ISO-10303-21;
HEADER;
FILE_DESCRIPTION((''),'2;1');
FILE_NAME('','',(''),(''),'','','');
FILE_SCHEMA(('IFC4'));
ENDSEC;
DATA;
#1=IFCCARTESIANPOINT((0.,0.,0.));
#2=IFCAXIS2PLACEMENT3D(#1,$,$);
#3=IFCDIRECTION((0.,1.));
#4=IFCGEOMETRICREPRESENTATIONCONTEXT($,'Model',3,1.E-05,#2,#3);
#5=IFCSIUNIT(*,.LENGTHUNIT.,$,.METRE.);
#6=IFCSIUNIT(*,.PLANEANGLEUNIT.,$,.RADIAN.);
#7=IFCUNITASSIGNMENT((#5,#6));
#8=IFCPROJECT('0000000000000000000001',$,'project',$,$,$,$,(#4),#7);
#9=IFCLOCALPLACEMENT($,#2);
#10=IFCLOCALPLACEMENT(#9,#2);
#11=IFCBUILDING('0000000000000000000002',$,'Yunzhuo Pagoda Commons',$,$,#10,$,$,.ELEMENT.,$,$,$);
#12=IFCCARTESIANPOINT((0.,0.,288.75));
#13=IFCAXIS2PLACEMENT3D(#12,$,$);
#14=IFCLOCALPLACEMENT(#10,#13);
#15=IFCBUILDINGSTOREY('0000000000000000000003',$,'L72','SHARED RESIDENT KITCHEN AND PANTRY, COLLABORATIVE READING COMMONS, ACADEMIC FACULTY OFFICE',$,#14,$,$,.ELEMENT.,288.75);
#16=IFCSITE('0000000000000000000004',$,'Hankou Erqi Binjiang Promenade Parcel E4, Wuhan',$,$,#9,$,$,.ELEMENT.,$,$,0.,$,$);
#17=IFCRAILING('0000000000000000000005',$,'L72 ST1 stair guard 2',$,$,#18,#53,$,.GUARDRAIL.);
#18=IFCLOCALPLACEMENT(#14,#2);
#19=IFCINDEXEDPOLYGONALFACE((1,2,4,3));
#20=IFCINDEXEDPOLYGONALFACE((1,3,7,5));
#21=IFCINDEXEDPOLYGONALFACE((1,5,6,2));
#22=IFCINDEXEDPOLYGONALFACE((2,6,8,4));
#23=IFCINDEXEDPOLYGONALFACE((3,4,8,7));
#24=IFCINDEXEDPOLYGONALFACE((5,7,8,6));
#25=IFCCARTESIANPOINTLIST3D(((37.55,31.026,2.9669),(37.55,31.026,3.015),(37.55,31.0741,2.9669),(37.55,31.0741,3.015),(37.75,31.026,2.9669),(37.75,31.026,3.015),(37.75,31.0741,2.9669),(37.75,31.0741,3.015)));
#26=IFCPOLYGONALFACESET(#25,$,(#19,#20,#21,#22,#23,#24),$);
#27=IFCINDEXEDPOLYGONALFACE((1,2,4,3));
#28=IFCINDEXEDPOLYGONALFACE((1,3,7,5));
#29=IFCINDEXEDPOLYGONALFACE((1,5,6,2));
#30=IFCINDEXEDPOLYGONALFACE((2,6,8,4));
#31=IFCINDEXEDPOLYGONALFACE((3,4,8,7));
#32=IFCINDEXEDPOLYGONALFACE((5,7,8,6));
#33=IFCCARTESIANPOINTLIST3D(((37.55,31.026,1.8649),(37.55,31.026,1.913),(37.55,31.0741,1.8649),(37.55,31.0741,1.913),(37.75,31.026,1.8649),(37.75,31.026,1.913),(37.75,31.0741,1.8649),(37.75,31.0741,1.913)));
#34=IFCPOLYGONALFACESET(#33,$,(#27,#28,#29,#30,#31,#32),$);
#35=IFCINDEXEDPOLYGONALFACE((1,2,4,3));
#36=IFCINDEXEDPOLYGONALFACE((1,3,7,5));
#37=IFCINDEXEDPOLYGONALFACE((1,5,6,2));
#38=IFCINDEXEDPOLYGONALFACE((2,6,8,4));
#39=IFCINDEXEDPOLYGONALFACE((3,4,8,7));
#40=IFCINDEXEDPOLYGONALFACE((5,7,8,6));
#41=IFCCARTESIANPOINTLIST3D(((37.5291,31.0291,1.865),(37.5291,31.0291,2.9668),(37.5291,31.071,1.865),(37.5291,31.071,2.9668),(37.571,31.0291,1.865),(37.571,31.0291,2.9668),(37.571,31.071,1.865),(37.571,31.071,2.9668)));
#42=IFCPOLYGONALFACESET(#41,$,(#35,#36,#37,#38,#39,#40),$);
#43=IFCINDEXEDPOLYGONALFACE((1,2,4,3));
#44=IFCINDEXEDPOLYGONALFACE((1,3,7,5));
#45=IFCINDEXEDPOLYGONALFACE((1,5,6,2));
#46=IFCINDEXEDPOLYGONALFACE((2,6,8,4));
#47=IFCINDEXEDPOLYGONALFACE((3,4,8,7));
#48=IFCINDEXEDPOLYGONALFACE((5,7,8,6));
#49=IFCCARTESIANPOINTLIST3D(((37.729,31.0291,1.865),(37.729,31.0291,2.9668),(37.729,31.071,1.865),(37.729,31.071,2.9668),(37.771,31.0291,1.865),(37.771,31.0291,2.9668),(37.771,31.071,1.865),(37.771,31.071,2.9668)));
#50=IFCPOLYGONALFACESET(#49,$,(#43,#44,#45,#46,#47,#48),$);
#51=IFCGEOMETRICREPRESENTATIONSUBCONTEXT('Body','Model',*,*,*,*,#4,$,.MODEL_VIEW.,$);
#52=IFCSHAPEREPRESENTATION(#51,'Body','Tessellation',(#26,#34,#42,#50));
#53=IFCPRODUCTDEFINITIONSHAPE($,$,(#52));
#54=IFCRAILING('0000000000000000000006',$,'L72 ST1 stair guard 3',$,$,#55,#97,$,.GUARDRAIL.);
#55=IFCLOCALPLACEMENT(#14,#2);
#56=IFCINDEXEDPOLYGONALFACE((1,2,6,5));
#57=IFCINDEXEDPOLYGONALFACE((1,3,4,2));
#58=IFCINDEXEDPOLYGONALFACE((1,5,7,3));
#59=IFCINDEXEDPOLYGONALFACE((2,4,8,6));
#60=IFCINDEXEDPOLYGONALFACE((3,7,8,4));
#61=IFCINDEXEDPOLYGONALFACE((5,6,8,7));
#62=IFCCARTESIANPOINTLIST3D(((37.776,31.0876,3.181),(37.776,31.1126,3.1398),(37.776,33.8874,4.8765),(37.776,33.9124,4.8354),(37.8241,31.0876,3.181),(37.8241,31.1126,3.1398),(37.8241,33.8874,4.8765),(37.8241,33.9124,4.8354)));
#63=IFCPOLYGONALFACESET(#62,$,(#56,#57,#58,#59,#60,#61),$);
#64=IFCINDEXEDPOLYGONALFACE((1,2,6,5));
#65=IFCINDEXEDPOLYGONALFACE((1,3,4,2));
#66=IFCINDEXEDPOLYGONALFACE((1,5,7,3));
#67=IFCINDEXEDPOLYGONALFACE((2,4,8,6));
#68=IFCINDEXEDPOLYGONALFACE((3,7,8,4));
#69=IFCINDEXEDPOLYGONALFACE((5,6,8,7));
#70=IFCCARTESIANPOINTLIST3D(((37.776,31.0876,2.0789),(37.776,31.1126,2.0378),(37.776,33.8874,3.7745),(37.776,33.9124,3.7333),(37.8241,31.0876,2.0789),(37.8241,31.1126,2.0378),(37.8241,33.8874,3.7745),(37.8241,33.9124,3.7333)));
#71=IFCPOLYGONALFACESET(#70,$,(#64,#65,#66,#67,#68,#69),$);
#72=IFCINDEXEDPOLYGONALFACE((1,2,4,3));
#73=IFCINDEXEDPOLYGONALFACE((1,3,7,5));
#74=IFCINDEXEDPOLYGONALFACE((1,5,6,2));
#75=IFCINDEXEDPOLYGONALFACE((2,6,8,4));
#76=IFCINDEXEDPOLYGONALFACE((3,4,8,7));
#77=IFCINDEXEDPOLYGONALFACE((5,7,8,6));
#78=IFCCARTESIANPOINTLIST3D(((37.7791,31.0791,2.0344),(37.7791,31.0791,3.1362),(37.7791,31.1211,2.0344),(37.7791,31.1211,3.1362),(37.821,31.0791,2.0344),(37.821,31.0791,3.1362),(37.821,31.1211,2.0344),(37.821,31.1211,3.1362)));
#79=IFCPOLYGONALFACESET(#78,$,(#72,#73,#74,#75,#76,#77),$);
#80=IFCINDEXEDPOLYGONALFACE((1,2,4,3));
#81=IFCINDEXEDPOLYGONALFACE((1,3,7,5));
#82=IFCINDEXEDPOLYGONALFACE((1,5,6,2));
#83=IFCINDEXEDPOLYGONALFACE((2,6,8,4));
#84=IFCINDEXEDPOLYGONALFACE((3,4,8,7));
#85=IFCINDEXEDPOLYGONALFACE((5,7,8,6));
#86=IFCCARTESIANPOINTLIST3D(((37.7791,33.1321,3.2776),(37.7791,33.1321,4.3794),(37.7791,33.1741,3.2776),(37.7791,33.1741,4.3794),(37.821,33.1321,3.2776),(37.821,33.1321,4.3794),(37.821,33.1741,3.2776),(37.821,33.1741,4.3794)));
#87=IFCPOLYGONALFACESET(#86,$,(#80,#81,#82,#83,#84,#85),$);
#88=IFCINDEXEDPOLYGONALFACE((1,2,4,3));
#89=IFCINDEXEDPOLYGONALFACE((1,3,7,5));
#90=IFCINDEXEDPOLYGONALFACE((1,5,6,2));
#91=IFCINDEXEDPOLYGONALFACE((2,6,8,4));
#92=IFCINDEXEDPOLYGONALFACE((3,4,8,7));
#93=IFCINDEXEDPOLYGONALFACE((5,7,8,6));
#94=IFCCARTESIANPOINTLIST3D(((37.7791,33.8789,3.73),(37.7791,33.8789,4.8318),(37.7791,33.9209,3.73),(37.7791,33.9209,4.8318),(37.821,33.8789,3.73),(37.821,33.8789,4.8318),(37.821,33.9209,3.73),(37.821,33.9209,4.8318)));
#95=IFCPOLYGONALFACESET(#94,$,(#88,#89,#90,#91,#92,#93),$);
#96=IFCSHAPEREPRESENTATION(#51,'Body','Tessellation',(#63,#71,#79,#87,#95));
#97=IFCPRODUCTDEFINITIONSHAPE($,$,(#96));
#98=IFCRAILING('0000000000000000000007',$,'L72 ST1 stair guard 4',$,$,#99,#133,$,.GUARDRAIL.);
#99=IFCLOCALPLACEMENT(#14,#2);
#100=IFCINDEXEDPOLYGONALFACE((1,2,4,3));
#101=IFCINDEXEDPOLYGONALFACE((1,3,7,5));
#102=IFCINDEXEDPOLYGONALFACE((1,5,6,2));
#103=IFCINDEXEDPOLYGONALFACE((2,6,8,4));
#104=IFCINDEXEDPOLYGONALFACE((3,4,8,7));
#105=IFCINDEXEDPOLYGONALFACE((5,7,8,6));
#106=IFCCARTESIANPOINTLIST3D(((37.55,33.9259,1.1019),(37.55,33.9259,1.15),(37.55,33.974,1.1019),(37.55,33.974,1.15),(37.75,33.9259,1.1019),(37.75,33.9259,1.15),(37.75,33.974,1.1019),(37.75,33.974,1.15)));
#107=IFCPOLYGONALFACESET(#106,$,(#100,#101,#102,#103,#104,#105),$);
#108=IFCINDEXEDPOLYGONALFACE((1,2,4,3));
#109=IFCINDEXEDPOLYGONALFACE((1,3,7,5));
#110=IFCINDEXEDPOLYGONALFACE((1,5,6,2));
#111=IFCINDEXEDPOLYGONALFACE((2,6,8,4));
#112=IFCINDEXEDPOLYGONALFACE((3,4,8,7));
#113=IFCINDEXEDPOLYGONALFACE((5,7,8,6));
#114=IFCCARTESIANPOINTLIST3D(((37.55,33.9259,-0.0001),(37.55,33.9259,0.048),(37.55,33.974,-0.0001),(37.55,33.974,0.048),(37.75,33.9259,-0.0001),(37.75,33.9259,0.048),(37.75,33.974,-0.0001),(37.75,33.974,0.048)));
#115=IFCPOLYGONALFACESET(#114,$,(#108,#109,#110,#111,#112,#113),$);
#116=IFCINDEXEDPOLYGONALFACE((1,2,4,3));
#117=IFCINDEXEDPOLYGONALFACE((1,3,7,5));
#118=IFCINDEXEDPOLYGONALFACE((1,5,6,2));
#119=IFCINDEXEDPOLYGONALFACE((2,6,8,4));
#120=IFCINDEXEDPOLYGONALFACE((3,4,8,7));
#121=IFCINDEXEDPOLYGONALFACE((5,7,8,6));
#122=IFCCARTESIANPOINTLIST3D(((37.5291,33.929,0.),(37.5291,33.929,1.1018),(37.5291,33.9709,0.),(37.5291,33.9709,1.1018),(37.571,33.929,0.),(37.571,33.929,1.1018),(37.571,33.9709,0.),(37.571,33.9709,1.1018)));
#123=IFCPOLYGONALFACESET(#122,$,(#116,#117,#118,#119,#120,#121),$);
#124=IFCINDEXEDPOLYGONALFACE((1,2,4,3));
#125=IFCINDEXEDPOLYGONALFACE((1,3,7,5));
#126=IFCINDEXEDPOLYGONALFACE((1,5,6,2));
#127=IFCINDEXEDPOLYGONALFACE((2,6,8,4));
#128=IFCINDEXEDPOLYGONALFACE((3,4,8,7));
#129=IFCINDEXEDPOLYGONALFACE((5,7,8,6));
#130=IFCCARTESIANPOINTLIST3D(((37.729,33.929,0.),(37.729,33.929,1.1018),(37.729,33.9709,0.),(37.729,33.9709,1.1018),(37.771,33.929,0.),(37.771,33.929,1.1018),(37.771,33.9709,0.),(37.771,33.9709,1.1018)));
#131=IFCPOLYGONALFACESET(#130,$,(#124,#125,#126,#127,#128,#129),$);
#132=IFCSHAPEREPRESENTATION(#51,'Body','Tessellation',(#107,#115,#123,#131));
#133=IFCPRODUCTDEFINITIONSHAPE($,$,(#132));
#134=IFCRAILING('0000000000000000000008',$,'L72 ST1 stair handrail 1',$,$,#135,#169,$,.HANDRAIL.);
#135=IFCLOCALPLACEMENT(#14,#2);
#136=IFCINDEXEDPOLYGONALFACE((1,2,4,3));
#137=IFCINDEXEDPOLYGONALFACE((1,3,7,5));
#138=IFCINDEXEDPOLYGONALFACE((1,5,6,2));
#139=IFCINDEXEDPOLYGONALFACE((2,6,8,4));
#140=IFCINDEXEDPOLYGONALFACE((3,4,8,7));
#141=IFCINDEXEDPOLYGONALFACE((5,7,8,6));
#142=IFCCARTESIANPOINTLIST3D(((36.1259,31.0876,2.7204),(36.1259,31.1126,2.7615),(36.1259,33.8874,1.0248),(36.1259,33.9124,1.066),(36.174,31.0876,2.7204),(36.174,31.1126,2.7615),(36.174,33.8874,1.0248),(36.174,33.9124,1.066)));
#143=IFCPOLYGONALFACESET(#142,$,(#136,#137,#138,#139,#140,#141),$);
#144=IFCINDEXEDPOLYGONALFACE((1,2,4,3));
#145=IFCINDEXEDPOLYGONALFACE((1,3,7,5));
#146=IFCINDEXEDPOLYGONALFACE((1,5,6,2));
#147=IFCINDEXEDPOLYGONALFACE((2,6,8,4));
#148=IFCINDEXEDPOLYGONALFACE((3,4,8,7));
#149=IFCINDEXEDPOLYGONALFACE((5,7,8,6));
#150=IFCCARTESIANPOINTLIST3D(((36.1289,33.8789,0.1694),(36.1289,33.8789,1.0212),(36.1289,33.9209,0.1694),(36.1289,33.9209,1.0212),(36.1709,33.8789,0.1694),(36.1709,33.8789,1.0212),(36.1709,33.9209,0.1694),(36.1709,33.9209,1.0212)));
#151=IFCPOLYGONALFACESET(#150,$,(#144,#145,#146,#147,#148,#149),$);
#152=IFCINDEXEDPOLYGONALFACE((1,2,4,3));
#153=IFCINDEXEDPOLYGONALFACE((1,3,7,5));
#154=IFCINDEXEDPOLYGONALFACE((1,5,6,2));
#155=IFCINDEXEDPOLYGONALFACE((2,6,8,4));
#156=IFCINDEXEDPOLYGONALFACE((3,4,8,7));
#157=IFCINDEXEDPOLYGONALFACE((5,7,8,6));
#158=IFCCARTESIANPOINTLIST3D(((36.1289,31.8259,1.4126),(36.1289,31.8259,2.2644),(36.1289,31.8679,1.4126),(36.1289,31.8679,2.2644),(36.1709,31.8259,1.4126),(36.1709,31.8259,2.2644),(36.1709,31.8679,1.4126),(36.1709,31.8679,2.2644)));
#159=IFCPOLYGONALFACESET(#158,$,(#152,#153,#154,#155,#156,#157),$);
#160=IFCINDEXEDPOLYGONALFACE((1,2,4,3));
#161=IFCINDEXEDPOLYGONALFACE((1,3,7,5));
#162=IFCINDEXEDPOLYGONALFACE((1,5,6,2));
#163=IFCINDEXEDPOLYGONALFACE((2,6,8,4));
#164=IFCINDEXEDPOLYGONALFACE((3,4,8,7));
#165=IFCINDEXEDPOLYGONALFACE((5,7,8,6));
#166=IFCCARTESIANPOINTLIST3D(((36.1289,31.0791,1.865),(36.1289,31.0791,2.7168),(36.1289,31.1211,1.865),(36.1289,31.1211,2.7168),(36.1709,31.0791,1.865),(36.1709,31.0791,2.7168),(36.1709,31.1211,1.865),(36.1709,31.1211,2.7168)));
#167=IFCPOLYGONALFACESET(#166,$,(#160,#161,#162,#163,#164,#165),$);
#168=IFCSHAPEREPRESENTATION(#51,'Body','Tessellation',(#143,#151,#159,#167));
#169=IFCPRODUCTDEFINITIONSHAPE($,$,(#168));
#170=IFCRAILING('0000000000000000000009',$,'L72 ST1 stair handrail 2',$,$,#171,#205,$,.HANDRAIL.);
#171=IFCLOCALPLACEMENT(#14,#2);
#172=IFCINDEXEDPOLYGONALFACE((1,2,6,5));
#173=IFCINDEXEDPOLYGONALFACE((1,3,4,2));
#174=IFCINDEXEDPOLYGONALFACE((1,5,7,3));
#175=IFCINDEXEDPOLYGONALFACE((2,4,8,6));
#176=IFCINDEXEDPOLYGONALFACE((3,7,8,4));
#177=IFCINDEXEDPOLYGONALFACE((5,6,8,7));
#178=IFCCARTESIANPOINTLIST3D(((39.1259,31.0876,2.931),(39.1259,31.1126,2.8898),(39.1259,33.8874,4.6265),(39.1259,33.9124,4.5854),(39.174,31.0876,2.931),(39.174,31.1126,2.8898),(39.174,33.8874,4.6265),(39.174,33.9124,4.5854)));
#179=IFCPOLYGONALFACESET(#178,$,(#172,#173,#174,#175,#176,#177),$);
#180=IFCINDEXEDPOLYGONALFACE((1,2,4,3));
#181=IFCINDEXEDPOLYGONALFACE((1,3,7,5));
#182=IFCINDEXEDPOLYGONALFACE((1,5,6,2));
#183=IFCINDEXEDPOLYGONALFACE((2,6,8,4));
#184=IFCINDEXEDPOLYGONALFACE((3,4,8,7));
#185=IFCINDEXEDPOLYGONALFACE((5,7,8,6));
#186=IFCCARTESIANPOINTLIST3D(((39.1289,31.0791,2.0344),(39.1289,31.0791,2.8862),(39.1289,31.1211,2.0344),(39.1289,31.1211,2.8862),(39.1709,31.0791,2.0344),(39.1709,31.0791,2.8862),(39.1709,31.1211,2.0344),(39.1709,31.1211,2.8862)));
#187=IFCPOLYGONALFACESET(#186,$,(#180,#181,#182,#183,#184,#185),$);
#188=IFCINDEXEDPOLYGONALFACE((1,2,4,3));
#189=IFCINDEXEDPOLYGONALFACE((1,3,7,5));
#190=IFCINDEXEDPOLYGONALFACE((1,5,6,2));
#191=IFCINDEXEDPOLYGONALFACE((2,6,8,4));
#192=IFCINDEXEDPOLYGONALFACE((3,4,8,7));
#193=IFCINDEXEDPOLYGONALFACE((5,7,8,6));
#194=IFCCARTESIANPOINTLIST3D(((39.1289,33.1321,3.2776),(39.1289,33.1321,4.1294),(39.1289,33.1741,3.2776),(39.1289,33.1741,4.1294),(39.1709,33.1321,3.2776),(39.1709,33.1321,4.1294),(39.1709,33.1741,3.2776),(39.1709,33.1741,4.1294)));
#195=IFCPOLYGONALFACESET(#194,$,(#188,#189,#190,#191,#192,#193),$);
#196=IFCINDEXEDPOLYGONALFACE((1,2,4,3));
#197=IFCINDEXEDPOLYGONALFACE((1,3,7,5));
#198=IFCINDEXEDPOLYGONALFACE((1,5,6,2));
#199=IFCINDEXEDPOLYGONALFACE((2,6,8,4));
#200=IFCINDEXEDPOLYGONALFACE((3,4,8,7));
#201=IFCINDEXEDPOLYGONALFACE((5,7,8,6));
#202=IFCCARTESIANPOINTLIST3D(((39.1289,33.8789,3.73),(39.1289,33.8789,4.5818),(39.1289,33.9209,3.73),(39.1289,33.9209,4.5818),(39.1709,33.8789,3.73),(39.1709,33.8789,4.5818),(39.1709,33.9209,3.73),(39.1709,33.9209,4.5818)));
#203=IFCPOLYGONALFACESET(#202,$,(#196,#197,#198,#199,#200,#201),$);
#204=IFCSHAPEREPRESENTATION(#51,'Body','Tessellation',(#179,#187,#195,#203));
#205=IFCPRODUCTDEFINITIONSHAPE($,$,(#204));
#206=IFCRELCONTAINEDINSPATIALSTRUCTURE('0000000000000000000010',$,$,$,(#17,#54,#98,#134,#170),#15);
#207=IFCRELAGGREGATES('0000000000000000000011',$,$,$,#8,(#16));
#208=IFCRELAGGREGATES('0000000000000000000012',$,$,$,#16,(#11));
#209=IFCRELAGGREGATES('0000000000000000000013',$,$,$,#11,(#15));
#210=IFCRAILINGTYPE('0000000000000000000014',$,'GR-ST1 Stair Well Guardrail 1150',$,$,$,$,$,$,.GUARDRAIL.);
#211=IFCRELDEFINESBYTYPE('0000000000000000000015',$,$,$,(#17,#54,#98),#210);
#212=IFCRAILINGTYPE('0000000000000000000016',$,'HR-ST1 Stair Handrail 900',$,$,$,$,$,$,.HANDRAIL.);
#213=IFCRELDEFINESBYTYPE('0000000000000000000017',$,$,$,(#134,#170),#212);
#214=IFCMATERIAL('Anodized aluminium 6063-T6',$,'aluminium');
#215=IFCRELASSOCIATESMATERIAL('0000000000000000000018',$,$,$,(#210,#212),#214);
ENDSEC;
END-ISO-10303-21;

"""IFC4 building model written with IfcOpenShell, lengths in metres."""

from ifc_helpers import new_model, si_unit, direction, frame, origin, origin_2d, place, context, subcontext, project, spatial, rectangle, extrude, material, type_object, element, save


model = new_model("IFC4")

# Units and contexts
model_context = context("Model", 3, precision=1e-05, world=origin(), true_north=direction((0.0, 1.0)))
body_context = subcontext(model_context, "Body", "Model", "MODEL_VIEW")
ifc_project = project(units=[si_unit("LENGTHUNIT", "METRE"), si_unit("PLANEANGLEUNIT", "RADIAN")], contexts=[model_context])

# Site, building, storey
site_placement = place(None, origin())
site = spatial("IfcSite", under=ifc_project, at=site_placement, Name="Hankou Erqi Binjiang Promenade Parcel E4, Wuhan", CompositionType="ELEMENT", RefElevation=0.0)
building_placement = place(site_placement, origin())
building = spatial("IfcBuilding", under=site, at=building_placement, Name="Yunzhuo Pagoda Commons", CompositionType="ELEMENT")
storey_placement = place(building_placement, frame((0.0, 0.0, 288.75)))
storey = spatial("IfcBuildingStorey", under=building, at=storey_placement, Name="L72", Description="SHARED RESIDENT KITCHEN AND PANTRY, COLLABORATIVE READING COMMONS, ACADEMIC FACULTY OFFICE", CompositionType="ELEMENT", Elevation=288.75)

# Railings
ifc_material_1 = material(Name="Anodized aluminium 6063-T6", Category="aluminium")
railing_type_1 = type_object("IfcRailingType", Name="GR-ST1 Stair Well Guardrail 1150", PredefinedType="GUARDRAIL", material=ifc_material_1)
railing_1_placement = place(storey_placement, frame((37.55, 31.05, 1.865)))
element("IfcRailing", 1, at=railing_1_placement, inside=storey, type_object=railing_type_1, Name="L72 ST1 stair guard 2", PredefinedType="GUARDRAIL", context=body_context, shape_type="SweptSolid", body=[
    extrude(rectangle(XDim=0.0481, YDim=0.0481, at=origin_2d()), frame((0.0, 0.0, 1.126), z_axis=(1.0, 0.0, 0.0), x_axis=(0.0, 1.0, 0.0)), (0.0, 0.0, 1.0), 0.2),
    extrude(rectangle(XDim=0.0481, YDim=0.0481, at=origin_2d()), frame((0.0, 0.0, 0.0239), z_axis=(1.0, 0.0, 0.0), x_axis=(0.0, 1.0, 0.0)), (0.0, 0.0, 1.0), 0.2),
    extrude(rectangle(XDim=0.042, YDim=0.042, at=origin_2d()), origin(), (0.0, 0.0, 1.0), 1.1018),
    extrude(rectangle(XDim=0.042, YDim=0.042, at=origin_2d()), frame((0.2, 0.0, 0.0)), (0.0, 0.0, 1.0), 1.1018),
])
railing_2_placement = place(storey_placement, frame((37.8, 31.1001, 2.0344)))
element("IfcRailing", 2, at=railing_2_placement, inside=storey, type_object=railing_type_1, Name="L72 ST1 stair guard 3", PredefinedType="GUARDRAIL", context=body_context, shape_type="SweptSolid", body=[
    extrude(rectangle(XDim=0.0481, YDim=0.0481, at=origin_2d()), frame((0.0, 0.0, 1.126), z_axis=(0.0, 0.855373, 0.518012), x_axis=(-1.0, 0.0, 0.0)), (0.0, 0.0, 1.0), 3.2732),
    extrude(rectangle(XDim=0.0481, YDim=0.0481, at=origin_2d()), frame((0.0, 0.0, 0.0239), z_axis=(0.0, 0.855373, 0.518012), x_axis=(-1.0, 0.0, 0.0)), (0.0, 0.0, 1.0), 3.2732),
    extrude(rectangle(XDim=0.042, YDim=0.042, at=origin_2d()), origin(), (0.0, 0.0, 1.0), 1.1018),
    extrude(rectangle(XDim=0.042, YDim=0.042, at=origin_2d()), frame((0.0, 2.053, 1.2432)), (0.0, 0.0, 1.0), 1.1018),
    extrude(rectangle(XDim=0.042, YDim=0.042, at=origin_2d()), frame((0.0, 2.7998, 1.6956)), (0.0, 0.0, 1.0), 1.1018),
])
railing_3_placement = place(storey_placement, frame((37.55, 33.95, 0.0)))
element("IfcRailing", 3, at=railing_3_placement, inside=storey, type_object=railing_type_1, Name="L72 ST1 stair guard 4", PredefinedType="GUARDRAIL", context=body_context, shape_type="SweptSolid", body=[
    extrude(rectangle(XDim=0.0481, YDim=0.0481, at=origin_2d()), frame((0.0, 0.0, 1.126), z_axis=(1.0, 0.0, 0.0), x_axis=(0.0, 1.0, 0.0)), (0.0, 0.0, 1.0), 0.2),
    extrude(rectangle(XDim=0.0481, YDim=0.0481, at=origin_2d()), frame((0.0, 0.0, 0.0239), z_axis=(1.0, 0.0, 0.0), x_axis=(0.0, 1.0, 0.0)), (0.0, 0.0, 1.0), 0.2),
    extrude(rectangle(XDim=0.042, YDim=0.042, at=origin_2d()), origin(), (0.0, 0.0, 1.0), 1.1018),
    extrude(rectangle(XDim=0.042, YDim=0.042, at=origin_2d()), frame((0.2, 0.0, 0.0)), (0.0, 0.0, 1.0), 1.1018),
])
railing_type_2 = type_object("IfcRailingType", Name="HR-ST1 Stair Handrail 900", PredefinedType="HANDRAIL", material=ifc_material_1)
railing_4_placement = place(storey_placement, frame((36.1499, 33.8999, 0.1694)))
element("IfcRailing", 4, at=railing_4_placement, inside=storey, type_object=railing_type_2, Name="L72 ST1 stair handrail 1", PredefinedType="HANDRAIL", context=body_context, shape_type="SweptSolid", body=[
    extrude(rectangle(XDim=0.0481, YDim=0.0481, at=origin_2d()), frame((0.0, 0.0, 0.876), z_axis=(0.0, -0.855373, 0.518012), x_axis=(1.0, 0.0, 0.0)), (0.0, 0.0, 1.0), 3.2732),
    extrude(rectangle(XDim=0.042, YDim=0.042, at=origin_2d()), origin(), (0.0, 0.0, 1.0), 0.8518),
    extrude(rectangle(XDim=0.042, YDim=0.042, at=origin_2d()), frame((0.0, -2.053, 1.2432)), (0.0, 0.0, 1.0), 0.8518),
    extrude(rectangle(XDim=0.042, YDim=0.042, at=origin_2d()), frame((0.0, -2.7998, 1.6956)), (0.0, 0.0, 1.0), 0.8518),
])
railing_5_placement = place(storey_placement, frame((39.1499, 31.1001, 2.0344)))
element("IfcRailing", 5, at=railing_5_placement, inside=storey, type_object=railing_type_2, Name="L72 ST1 stair handrail 2", PredefinedType="HANDRAIL", context=body_context, shape_type="SweptSolid", body=[
    extrude(rectangle(XDim=0.0481, YDim=0.0481, at=origin_2d()), frame((0.0, 0.0, 0.876), z_axis=(0.0, 0.855373, 0.518012), x_axis=(-1.0, 0.0, 0.0)), (0.0, 0.0, 1.0), 3.2732),
    extrude(rectangle(XDim=0.042, YDim=0.042, at=origin_2d()), origin(), (0.0, 0.0, 1.0), 0.8518),
    extrude(rectangle(XDim=0.042, YDim=0.042, at=origin_2d()), frame((0.0, 2.053, 1.2432)), (0.0, 0.0, 1.0), 0.8518),
    extrude(rectangle(XDim=0.042, YDim=0.042, at=origin_2d()), frame((0.0, 2.7998, 1.6956)), (0.0, 0.0, 1.0), 0.8518),
])

save(model, "model.ifc")
